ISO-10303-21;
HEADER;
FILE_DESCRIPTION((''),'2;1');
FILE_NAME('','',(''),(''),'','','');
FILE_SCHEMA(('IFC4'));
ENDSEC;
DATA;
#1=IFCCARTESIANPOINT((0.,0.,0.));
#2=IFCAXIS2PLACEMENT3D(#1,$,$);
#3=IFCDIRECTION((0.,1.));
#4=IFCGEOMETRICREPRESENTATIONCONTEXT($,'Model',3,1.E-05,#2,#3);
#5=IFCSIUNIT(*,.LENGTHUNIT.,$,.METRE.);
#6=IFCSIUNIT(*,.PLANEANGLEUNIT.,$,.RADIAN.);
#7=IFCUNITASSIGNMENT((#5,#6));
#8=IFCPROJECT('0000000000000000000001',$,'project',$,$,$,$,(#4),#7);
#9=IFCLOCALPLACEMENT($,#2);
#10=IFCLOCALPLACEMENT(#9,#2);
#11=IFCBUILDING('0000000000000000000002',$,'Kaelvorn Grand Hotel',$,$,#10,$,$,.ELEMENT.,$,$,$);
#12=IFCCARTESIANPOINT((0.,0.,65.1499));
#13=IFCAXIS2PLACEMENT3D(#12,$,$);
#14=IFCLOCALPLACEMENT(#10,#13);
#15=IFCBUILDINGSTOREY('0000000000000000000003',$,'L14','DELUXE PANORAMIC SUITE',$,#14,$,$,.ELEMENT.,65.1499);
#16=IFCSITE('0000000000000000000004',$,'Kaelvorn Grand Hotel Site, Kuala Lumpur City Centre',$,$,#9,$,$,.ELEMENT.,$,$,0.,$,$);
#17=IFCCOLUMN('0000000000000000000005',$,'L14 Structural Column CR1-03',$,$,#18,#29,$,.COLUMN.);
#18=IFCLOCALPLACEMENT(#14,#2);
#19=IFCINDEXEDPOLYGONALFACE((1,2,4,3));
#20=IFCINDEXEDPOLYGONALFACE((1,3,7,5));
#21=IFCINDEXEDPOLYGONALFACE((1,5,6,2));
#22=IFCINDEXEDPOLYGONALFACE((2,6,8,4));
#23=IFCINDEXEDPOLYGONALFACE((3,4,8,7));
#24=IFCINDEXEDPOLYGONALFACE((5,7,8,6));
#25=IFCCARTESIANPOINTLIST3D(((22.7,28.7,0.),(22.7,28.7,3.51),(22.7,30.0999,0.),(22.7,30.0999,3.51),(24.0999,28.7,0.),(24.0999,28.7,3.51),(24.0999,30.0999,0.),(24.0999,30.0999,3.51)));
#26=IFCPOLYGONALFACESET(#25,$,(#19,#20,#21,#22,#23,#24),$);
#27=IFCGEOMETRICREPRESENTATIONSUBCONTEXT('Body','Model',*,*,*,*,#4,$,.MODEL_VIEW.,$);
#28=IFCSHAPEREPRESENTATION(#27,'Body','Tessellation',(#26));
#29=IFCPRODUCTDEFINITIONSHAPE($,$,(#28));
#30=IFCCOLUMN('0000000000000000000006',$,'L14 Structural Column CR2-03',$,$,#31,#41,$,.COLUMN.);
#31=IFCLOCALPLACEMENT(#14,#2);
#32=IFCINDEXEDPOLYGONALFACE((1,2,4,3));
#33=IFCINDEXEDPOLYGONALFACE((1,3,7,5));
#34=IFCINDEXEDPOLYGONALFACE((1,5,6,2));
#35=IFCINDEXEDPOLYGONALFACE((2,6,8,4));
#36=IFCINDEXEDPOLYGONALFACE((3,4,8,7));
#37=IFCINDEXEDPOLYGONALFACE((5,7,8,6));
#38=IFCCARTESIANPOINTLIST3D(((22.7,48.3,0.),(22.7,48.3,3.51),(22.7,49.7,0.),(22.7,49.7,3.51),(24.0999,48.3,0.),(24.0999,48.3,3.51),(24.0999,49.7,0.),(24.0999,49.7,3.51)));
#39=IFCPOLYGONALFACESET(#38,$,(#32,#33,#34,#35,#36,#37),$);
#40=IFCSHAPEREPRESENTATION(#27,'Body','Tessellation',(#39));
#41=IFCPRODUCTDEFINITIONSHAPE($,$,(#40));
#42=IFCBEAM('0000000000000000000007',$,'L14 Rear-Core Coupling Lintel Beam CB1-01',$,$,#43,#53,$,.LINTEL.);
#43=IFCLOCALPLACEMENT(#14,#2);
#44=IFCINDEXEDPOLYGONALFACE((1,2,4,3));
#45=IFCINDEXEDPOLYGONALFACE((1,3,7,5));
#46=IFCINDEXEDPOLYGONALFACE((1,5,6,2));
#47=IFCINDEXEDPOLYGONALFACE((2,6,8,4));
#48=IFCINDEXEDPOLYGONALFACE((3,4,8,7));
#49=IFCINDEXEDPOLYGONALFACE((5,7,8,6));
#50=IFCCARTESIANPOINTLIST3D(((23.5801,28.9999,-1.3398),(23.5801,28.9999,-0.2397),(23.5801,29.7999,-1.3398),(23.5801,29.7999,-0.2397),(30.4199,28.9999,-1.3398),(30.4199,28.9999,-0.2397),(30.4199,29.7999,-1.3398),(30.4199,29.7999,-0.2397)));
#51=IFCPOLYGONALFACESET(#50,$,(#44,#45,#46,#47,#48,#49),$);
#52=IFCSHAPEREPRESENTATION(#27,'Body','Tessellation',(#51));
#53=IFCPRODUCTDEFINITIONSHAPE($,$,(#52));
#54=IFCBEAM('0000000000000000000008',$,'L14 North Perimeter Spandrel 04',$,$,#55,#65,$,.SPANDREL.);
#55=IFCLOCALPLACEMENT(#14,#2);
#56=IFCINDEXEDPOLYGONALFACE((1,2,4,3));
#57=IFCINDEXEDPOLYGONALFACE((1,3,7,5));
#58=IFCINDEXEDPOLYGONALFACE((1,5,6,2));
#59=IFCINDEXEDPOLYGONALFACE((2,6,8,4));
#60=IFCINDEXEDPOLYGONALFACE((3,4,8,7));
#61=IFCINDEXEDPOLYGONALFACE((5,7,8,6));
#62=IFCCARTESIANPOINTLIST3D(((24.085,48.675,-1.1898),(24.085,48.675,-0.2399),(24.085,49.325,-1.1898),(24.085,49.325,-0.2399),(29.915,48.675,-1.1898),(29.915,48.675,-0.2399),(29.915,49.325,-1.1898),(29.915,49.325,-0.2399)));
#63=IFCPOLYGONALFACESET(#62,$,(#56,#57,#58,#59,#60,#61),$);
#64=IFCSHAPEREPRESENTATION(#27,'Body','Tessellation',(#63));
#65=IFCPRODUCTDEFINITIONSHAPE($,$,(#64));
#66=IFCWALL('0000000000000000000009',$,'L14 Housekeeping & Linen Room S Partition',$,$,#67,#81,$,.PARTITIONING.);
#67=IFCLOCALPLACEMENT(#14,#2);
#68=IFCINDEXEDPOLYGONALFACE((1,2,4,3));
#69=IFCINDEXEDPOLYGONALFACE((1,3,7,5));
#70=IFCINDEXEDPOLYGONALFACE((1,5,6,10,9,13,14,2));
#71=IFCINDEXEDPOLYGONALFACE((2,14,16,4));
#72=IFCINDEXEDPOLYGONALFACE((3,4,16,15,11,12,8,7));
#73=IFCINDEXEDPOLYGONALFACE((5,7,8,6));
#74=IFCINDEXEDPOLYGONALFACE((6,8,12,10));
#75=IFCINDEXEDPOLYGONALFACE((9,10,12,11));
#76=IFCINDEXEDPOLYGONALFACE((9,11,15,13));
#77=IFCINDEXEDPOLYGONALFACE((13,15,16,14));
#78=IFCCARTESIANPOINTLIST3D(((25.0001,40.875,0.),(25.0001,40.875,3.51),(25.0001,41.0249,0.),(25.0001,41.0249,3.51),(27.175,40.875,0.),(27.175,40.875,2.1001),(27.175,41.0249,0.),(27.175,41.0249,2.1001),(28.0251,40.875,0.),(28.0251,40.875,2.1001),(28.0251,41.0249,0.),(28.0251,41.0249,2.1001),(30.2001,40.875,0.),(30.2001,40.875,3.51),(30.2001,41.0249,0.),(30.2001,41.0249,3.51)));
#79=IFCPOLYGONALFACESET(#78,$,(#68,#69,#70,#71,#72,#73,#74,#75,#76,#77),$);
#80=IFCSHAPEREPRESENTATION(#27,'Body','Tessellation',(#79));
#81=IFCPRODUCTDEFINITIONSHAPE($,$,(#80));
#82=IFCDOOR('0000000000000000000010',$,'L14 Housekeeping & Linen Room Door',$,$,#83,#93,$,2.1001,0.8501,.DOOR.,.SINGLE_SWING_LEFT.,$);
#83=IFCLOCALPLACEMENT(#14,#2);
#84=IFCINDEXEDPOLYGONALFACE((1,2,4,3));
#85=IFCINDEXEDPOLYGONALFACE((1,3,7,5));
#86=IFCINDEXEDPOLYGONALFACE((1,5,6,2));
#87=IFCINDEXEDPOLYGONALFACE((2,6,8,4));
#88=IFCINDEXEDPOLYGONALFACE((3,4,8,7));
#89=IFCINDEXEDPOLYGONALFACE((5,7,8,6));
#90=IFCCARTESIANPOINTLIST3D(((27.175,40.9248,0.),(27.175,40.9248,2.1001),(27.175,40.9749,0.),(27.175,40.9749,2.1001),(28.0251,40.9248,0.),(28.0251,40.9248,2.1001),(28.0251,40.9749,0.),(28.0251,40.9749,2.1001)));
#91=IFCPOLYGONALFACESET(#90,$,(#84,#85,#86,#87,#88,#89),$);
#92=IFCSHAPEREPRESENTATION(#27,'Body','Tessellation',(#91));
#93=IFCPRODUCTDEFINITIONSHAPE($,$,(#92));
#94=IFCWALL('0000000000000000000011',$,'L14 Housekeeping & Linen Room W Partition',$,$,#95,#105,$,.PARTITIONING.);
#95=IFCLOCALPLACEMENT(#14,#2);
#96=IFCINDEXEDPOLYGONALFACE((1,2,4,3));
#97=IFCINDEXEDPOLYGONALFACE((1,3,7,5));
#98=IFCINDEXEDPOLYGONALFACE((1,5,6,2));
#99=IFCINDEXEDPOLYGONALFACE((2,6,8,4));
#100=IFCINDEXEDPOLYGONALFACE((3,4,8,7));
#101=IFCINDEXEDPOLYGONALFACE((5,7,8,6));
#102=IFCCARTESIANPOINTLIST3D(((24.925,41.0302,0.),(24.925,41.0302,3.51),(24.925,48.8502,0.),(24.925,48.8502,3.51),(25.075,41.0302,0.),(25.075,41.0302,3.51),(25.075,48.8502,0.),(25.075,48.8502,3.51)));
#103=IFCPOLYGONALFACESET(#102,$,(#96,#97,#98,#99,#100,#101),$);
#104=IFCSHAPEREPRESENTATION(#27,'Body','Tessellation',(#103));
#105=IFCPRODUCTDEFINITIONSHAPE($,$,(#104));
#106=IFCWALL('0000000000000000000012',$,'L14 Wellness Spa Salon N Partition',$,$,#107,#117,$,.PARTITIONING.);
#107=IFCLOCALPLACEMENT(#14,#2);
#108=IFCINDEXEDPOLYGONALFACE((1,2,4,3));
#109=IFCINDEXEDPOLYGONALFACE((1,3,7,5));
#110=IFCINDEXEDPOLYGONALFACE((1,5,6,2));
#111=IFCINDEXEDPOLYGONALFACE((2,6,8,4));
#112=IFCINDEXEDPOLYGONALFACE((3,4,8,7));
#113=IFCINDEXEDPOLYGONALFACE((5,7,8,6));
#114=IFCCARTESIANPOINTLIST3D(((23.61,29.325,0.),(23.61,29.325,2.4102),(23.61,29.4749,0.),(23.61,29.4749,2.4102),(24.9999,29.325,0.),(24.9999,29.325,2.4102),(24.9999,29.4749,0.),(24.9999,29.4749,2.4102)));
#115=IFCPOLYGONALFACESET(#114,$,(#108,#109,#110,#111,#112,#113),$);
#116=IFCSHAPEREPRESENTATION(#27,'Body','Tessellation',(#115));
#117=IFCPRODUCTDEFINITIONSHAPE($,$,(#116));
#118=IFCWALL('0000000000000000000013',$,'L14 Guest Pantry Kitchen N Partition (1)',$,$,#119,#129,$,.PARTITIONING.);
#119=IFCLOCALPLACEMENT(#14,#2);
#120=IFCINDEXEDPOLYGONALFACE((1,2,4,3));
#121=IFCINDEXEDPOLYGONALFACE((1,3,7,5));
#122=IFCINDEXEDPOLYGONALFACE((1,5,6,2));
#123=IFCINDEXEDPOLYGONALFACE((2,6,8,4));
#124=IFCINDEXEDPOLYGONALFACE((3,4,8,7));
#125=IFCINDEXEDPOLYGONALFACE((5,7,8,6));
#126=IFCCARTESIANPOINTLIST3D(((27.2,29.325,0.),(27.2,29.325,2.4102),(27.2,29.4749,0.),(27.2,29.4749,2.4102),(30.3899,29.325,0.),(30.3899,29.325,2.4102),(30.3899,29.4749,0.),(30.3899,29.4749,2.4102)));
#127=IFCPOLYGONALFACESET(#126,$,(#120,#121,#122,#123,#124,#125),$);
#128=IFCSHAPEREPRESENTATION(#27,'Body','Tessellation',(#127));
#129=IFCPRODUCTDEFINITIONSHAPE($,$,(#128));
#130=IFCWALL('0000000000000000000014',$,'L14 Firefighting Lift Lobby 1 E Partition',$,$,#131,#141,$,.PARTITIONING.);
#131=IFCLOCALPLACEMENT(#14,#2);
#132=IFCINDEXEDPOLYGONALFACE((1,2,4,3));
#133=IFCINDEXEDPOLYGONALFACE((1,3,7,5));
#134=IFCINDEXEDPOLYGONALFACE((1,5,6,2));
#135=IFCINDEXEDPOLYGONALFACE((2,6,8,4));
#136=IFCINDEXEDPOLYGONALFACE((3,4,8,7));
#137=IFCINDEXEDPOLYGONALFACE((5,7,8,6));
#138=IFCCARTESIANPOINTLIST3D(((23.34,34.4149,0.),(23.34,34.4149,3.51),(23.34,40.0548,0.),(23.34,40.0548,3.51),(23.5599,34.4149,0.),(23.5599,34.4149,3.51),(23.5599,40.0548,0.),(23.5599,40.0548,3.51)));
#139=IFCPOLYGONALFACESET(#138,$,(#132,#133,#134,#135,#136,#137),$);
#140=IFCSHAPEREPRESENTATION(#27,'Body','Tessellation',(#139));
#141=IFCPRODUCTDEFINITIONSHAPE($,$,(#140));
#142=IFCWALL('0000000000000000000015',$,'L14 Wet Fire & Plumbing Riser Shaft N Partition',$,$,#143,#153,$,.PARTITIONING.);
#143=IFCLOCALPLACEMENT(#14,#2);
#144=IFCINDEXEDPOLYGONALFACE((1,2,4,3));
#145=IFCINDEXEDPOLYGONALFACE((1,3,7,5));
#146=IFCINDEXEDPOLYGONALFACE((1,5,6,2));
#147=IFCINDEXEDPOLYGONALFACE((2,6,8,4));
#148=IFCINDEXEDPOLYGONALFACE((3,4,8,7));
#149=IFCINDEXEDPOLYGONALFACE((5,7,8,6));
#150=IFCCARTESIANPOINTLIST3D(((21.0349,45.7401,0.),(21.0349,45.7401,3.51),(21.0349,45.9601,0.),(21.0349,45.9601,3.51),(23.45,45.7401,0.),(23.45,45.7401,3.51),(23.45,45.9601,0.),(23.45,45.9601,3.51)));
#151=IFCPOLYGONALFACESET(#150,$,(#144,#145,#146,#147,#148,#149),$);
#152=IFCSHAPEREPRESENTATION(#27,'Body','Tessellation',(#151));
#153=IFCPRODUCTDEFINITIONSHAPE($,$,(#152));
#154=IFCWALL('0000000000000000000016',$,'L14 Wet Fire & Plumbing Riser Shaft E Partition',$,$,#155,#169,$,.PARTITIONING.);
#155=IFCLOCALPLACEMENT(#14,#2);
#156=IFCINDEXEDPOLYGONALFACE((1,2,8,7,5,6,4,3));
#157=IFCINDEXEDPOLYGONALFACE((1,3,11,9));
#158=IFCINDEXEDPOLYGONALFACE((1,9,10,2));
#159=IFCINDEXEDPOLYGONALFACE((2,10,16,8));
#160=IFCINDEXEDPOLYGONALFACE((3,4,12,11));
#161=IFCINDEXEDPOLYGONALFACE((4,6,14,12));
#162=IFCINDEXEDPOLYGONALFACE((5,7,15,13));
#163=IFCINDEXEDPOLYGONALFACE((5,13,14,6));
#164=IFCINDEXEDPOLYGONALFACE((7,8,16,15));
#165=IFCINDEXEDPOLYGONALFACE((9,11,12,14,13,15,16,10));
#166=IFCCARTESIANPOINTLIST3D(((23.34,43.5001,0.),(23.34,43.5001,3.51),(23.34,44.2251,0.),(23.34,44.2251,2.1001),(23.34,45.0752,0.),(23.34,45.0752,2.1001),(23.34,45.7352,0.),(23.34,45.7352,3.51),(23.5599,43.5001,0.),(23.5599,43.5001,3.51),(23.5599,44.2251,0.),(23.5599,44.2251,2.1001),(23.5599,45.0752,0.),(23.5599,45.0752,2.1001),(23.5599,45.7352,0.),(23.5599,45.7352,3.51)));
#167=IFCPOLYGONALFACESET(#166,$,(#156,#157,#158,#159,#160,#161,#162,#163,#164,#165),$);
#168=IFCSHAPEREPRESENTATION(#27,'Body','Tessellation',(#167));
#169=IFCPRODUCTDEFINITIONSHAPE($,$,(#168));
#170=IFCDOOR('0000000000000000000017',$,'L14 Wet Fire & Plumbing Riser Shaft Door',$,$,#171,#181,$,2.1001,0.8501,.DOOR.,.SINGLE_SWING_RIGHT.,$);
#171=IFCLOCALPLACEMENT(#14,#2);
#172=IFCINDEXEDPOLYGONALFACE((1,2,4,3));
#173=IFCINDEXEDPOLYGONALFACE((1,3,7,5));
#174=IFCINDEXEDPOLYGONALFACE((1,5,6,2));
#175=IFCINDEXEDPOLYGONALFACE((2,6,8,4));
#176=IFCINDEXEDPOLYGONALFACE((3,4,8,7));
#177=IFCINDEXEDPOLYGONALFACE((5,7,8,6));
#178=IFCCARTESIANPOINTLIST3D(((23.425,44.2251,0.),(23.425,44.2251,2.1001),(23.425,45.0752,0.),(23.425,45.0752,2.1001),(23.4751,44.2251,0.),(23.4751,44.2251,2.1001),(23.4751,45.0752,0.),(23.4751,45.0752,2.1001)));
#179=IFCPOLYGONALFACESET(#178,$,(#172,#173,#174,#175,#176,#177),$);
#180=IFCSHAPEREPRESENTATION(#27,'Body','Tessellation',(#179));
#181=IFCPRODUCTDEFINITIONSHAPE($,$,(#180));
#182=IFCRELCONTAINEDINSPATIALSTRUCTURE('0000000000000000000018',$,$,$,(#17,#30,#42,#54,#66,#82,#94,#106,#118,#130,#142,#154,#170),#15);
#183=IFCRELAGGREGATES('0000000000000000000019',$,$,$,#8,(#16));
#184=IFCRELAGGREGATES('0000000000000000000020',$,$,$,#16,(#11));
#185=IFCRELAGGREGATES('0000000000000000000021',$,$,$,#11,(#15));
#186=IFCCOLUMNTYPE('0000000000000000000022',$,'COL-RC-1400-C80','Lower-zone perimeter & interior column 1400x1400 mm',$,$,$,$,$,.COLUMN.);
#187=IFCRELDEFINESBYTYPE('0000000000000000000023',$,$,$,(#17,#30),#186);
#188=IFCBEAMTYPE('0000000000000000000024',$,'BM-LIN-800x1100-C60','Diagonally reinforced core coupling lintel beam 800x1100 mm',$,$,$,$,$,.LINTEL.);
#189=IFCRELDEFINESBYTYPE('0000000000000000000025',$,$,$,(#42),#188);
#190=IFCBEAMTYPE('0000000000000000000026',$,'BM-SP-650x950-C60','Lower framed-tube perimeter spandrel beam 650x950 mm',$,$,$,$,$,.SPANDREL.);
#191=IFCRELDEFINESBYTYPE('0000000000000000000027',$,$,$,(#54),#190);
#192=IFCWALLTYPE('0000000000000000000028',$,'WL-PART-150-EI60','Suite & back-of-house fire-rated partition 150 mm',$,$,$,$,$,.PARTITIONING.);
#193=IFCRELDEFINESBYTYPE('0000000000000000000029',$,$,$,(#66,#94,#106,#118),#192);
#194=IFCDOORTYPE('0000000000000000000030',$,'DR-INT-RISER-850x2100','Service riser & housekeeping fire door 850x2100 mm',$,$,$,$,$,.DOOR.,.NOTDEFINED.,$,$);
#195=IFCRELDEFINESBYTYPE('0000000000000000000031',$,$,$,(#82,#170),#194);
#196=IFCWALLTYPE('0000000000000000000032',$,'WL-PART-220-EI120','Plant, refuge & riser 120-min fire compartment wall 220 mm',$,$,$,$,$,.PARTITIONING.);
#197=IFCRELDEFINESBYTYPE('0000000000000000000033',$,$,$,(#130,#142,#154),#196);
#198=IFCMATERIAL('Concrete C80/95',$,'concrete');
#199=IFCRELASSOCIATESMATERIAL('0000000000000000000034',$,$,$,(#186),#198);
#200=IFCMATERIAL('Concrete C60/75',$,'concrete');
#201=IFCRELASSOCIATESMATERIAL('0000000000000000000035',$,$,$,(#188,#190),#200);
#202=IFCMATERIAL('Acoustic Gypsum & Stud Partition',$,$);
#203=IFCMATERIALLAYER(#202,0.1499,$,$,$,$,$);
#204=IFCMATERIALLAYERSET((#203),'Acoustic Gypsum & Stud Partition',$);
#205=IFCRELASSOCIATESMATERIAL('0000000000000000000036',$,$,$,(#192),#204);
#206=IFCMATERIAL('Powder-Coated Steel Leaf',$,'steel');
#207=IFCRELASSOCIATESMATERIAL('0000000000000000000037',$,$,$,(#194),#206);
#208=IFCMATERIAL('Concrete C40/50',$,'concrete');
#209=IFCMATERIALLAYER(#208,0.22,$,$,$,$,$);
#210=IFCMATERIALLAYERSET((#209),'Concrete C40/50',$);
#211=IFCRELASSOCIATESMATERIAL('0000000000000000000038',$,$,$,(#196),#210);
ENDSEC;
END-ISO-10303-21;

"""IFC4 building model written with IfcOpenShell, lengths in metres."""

from ifc_helpers import new_model, si_unit, direction, frame, frame_2d, origin, origin_2d, place, context, subcontext, project, spatial, rectangle, extrude, material, layer, layer_set, material_profile, profile_set, type_object, element, fill, save


model = new_model("IFC4")

# Units and contexts
model_context = context("Model", 3, precision=1e-05, world=origin(), true_north=direction((0.0, 1.0)))
body_context = subcontext(model_context, "Body", "Model", "MODEL_VIEW")
ifc_project = project(units=[si_unit("LENGTHUNIT", "METRE"), si_unit("PLANEANGLEUNIT", "RADIAN")], contexts=[model_context])

# Site, building, storey
site_placement = place(None, origin())
site = spatial("IfcSite", under=ifc_project, at=site_placement, Name="Kaelvorn Grand Hotel Site, Kuala Lumpur City Centre", CompositionType="ELEMENT", RefElevation=0.0)
building_placement = place(site_placement, origin())
building = spatial("IfcBuilding", under=site, at=building_placement, Name="Kaelvorn Grand Hotel", CompositionType="ELEMENT")
storey_placement = place(building_placement, frame((0.0, 0.0, 65.1499)))
storey = spatial("IfcBuildingStorey", under=building, at=storey_placement, Name="L14", Description="DELUXE PANORAMIC SUITE", CompositionType="ELEMENT", Elevation=65.1499)

# Columns
ifc_material_1 = material(Name="Concrete C80/95", Category="concrete")
ifc_material_profile_1 = material_profile(ifc_material_1, rectangle(XDim=1.3999, YDim=1.3999, at=origin_2d()), Name="RC COL 1400x1400")
ifc_profile_set_1 = profile_set([ifc_material_profile_1], Name="Concrete C80/95")
column_type = type_object("IfcColumnType", Name="COL-RC-1400-C80", Description="Lower-zone perimeter & interior column 1400x1400 mm", PredefinedType="COLUMN", material=ifc_profile_set_1)
for number, where, z_axis, x_axis, name in (
    (1, (23.3999, 29.3999, 0.0), (0.0, 0.0, 1.0), (1.0, 0.0, 0.0), "L14 Structural Column CR1-03"),
    (2, (23.3999, 49.0, 0.0), (0.0, 0.0, 1.0), (1.0, 0.0, 0.0), "L14 Structural Column CR2-03"),
):
    element("IfcColumn", number, at=place(storey_placement, frame(where, z_axis=z_axis, x_axis=x_axis)), inside=storey, type_object=column_type, Name=name, PredefinedType="COLUMN", context=body_context, shape_type="SweptSolid", body=[
        extrude(rectangle(XDim=1.3999, YDim=1.3999, at=origin_2d()), origin(), (0.0, 0.0, 1.0), 3.51),
    ])

# Beams
ifc_material_2 = material(Name="Concrete C60/75", Category="concrete")
ifc_material_profile_2 = material_profile(ifc_material_2, rectangle(XDim=0.8, YDim=1.1001, at=origin_2d()), Name="RC LINTEL 800x1100")
ifc_profile_set_2 = profile_set([ifc_material_profile_2], Name="Concrete C60/75")
beam_type_1 = type_object("IfcBeamType", Name="BM-LIN-800x1100-C60", Description="Diagonally reinforced core coupling lintel beam 800x1100 mm", PredefinedType="LINTEL", material=ifc_profile_set_2)
beam_1_placement = place(storey_placement, frame((23.5801, 29.3999, -0.7898), z_axis=(1.0, 0.0, 0.0), x_axis=(0.0, 1.0, 0.0)))
element("IfcBeam", 3, at=beam_1_placement, inside=storey, type_object=beam_type_1, Name="L14 Rear-Core Coupling Lintel Beam CB1-01", PredefinedType="LINTEL", context=body_context, shape_type="SweptSolid", body=[
    extrude(rectangle(XDim=0.8, YDim=1.1001, at=origin_2d()), origin(), (0.0, 0.0, 1.0), 6.8398),
])
ifc_material_profile_3 = material_profile(ifc_material_2, rectangle(XDim=0.6499, YDim=0.95, at=origin_2d()), Name="RC SPANDREL 650x950")
ifc_profile_set_3 = profile_set([ifc_material_profile_3], Name="Concrete C60/75")
beam_type_2 = type_object("IfcBeamType", Name="BM-SP-650x950-C60", Description="Lower framed-tube perimeter spandrel beam 650x950 mm", PredefinedType="SPANDREL", material=ifc_profile_set_3)
beam_2_placement = place(storey_placement, frame((24.085, 49.0, -0.7148), z_axis=(1.0, 0.0, 0.0), x_axis=(0.0, 1.0, 0.0)))
element("IfcBeam", 4, at=beam_2_placement, inside=storey, type_object=beam_type_2, Name="L14 North Perimeter Spandrel 04", PredefinedType="SPANDREL", context=body_context, shape_type="SweptSolid", body=[
    extrude(rectangle(XDim=0.6499, YDim=0.95, at=origin_2d()), origin(), (0.0, 0.0, 1.0), 5.8301),
])

# Wall, opening, door
ifc_material_3 = material(Name="Acoustic Gypsum & Stud Partition")
ifc_layer_1 = layer(ifc_material_3, 0.1499)
ifc_layer_set_1 = layer_set([ifc_layer_1], Name="Acoustic Gypsum & Stud Partition")
wall_type_1 = type_object("IfcWallType", Name="WL-PART-150-EI60", Description="Suite & back-of-house fire-rated partition 150 mm", PredefinedType="PARTITIONING", material=ifc_layer_set_1)
wall_1_placement = place(storey_placement, frame((25.0, 40.95, 0.0), z_axis=(0.0, 0.0, 1.0), x_axis=(1.0, 0.0, 0.0)))
wall_1 = element("IfcWall", 5, at=wall_1_placement, inside=storey, type_object=wall_type_1, Name="L14 Housekeeping & Linen Room S Partition", PredefinedType="PARTITIONING", context=body_context, shape_type="SweptSolid", body=[
    extrude(rectangle(XDim=5.2, YDim=0.1499, at=frame_2d((2.6001, 0.0))), origin(), (0.0, 0.0, 1.0), 3.51),
])
opening_1_placement = place(wall_1_placement, frame((2.175, 0.0, 0.0)))
opening_1 = element("IfcOpeningElement", 6, at=opening_1_placement, cuts=wall_1, PredefinedType="OPENING", context=body_context, shape_type="SweptSolid", body=[
    extrude(rectangle(XDim=0.8501, YDim=2.1001, at=frame_2d((0.425, 1.05))), frame((0.0, 0.085, 0.0), z_axis=(0.0, -1.0, 0.0), x_axis=(1.0, 0.0, 0.0)), (0.0, 0.0, 1.0), 0.1699),
])
ifc_material_4 = material(Name="Powder-Coated Steel Leaf", Category="steel")
door_type_1 = type_object("IfcDoorType", Name="DR-INT-RISER-850x2100", Description="Service riser & housekeeping fire door 850x2100 mm", OperationType="NOTDEFINED", PredefinedType="DOOR", material=ifc_material_4)
door_1_placement = place(opening_1_placement, origin())
door_1 = element("IfcDoor", 7, at=door_1_placement, inside=storey, type_object=door_type_1, Name="L14 Housekeeping & Linen Room Door", OperationType="SINGLE_SWING_LEFT", OverallHeight=2.1001, OverallWidth=0.8501, PredefinedType="DOOR", context=body_context, shape_type="SweptSolid", body=[
    extrude(rectangle(XDim=0.8501, YDim=2.1001, at=frame_2d((0.425, 1.05))), frame((0.0, 0.0249, 0.0), z_axis=(0.0, -1.0, 0.0), x_axis=(1.0, 0.0, 0.0)), (0.0, 0.0, 1.0), 0.05),
])
fill(opening_1, door_1)

# Walls
wall_2_placement = place(storey_placement, frame((25.0, 41.03, 0.0), z_axis=(0.0, 0.0, 1.0), x_axis=(0.0, 1.0, 0.0)))
element("IfcWall", 8, at=wall_2_placement, inside=storey, type_object=wall_type_1, Name="L14 Housekeeping & Linen Room W Partition", PredefinedType="PARTITIONING", context=body_context, shape_type="SweptSolid", body=[
    extrude(rectangle(XDim=7.8201, YDim=0.1499, at=frame_2d((3.9102, 0.0))), origin(), (0.0, 0.0, 1.0), 3.51),
])
wall_3_placement = place(storey_placement, frame((23.6101, 29.3999, 0.0), z_axis=(0.0, 0.0, 1.0), x_axis=(1.0, 0.0, 0.0)))
element("IfcWall", 9, at=wall_3_placement, inside=storey, type_object=wall_type_1, Name="L14 Wellness Spa Salon N Partition", PredefinedType="PARTITIONING", context=body_context, shape_type="SweptSolid", body=[
    extrude(rectangle(XDim=1.3899, YDim=0.1499, at=frame_2d((0.6948, 0.0))), origin(), (0.0, 0.0, 1.0), 2.4102),
])
wall_4_placement = place(storey_placement, frame((27.2, 29.3999, 0.0), z_axis=(0.0, 0.0, 1.0), x_axis=(1.0, 0.0, 0.0)))
element("IfcWall", 10, at=wall_4_placement, inside=storey, type_object=wall_type_1, Name="L14 Guest Pantry Kitchen N Partition (1)", PredefinedType="PARTITIONING", context=body_context, shape_type="SweptSolid", body=[
    extrude(rectangle(XDim=3.1899, YDim=0.1499, at=frame_2d((1.595, 0.0))), origin(), (0.0, 0.0, 1.0), 2.4102),
])
ifc_material_5 = material(Name="Concrete C40/50", Category="concrete")
ifc_layer_2 = layer(ifc_material_5, 0.22)
ifc_layer_set_2 = layer_set([ifc_layer_2], Name="Concrete C40/50")
wall_type_2 = type_object("IfcWallType", Name="WL-PART-220-EI120", Description="Plant, refuge & riser 120-min fire compartment wall 220 mm", PredefinedType="PARTITIONING", material=ifc_layer_set_2)
wall_5_placement = place(storey_placement, frame((23.45, 34.415, 0.0), z_axis=(0.0, 0.0, 1.0), x_axis=(0.0, 1.0, 0.0)))
element("IfcWall", 11, at=wall_5_placement, inside=storey, type_object=wall_type_2, Name="L14 Firefighting Lift Lobby 1 E Partition", PredefinedType="PARTITIONING", context=body_context, shape_type="SweptSolid", body=[
    extrude(rectangle(XDim=5.6399, YDim=0.22, at=frame_2d((2.8198, 0.0))), origin(), (0.0, 0.0, 1.0), 3.51),
])
wall_6_placement = place(storey_placement, frame((21.0349, 45.8501, 0.0), z_axis=(0.0, 0.0, 1.0), x_axis=(1.0, 0.0, 0.0)))
element("IfcWall", 12, at=wall_6_placement, inside=storey, type_object=wall_type_2, Name="L14 Wet Fire & Plumbing Riser Shaft N Partition", PredefinedType="PARTITIONING", context=body_context, shape_type="SweptSolid", body=[
    extrude(rectangle(XDim=2.415, YDim=0.22, at=frame_2d((1.2075, 0.0))), origin(), (0.0, 0.0, 1.0), 3.51),
])

# Wall, opening, door
wall_7_placement = place(storey_placement, frame((23.45, 43.5, 0.0), z_axis=(0.0, 0.0, 1.0), x_axis=(0.0, 1.0, 0.0)))
wall_7 = element("IfcWall", 13, at=wall_7_placement, inside=storey, type_object=wall_type_2, Name="L14 Wet Fire & Plumbing Riser Shaft E Partition", PredefinedType="PARTITIONING", context=body_context, shape_type="SweptSolid", body=[
    extrude(rectangle(XDim=2.2351, YDim=0.22, at=frame_2d((1.1177, 0.0))), origin(), (0.0, 0.0, 1.0), 3.51),
])
opening_2_placement = place(wall_7_placement, frame((0.7251, 0.0, 0.0)))
opening_2 = element("IfcOpeningElement", 14, at=opening_2_placement, cuts=wall_7, PredefinedType="OPENING", context=body_context, shape_type="SweptSolid", body=[
    extrude(rectangle(XDim=0.8501, YDim=2.1001, at=frame_2d((0.425, 1.05))), frame((0.0, 0.1201, 0.0), z_axis=(0.0, -1.0, 0.0), x_axis=(1.0, 0.0, 0.0)), (0.0, 0.0, 1.0), 0.24),
])
door_2_placement = place(opening_2_placement, origin())
door_2 = element("IfcDoor", 15, at=door_2_placement, inside=storey, type_object=door_type_1, Name="L14 Wet Fire & Plumbing Riser Shaft Door", OperationType="SINGLE_SWING_RIGHT", OverallHeight=2.1001, OverallWidth=0.8501, PredefinedType="DOOR", context=body_context, shape_type="SweptSolid", body=[
    extrude(rectangle(XDim=0.8501, YDim=2.1001, at=frame_2d((0.425, 1.05))), frame((0.0, 0.0249, 0.0), z_axis=(0.0, -1.0, 0.0), x_axis=(1.0, 0.0, 0.0)), (0.0, 0.0, 1.0), 0.05),
])
fill(opening_2, door_2)

save(model, "model.ifc")
